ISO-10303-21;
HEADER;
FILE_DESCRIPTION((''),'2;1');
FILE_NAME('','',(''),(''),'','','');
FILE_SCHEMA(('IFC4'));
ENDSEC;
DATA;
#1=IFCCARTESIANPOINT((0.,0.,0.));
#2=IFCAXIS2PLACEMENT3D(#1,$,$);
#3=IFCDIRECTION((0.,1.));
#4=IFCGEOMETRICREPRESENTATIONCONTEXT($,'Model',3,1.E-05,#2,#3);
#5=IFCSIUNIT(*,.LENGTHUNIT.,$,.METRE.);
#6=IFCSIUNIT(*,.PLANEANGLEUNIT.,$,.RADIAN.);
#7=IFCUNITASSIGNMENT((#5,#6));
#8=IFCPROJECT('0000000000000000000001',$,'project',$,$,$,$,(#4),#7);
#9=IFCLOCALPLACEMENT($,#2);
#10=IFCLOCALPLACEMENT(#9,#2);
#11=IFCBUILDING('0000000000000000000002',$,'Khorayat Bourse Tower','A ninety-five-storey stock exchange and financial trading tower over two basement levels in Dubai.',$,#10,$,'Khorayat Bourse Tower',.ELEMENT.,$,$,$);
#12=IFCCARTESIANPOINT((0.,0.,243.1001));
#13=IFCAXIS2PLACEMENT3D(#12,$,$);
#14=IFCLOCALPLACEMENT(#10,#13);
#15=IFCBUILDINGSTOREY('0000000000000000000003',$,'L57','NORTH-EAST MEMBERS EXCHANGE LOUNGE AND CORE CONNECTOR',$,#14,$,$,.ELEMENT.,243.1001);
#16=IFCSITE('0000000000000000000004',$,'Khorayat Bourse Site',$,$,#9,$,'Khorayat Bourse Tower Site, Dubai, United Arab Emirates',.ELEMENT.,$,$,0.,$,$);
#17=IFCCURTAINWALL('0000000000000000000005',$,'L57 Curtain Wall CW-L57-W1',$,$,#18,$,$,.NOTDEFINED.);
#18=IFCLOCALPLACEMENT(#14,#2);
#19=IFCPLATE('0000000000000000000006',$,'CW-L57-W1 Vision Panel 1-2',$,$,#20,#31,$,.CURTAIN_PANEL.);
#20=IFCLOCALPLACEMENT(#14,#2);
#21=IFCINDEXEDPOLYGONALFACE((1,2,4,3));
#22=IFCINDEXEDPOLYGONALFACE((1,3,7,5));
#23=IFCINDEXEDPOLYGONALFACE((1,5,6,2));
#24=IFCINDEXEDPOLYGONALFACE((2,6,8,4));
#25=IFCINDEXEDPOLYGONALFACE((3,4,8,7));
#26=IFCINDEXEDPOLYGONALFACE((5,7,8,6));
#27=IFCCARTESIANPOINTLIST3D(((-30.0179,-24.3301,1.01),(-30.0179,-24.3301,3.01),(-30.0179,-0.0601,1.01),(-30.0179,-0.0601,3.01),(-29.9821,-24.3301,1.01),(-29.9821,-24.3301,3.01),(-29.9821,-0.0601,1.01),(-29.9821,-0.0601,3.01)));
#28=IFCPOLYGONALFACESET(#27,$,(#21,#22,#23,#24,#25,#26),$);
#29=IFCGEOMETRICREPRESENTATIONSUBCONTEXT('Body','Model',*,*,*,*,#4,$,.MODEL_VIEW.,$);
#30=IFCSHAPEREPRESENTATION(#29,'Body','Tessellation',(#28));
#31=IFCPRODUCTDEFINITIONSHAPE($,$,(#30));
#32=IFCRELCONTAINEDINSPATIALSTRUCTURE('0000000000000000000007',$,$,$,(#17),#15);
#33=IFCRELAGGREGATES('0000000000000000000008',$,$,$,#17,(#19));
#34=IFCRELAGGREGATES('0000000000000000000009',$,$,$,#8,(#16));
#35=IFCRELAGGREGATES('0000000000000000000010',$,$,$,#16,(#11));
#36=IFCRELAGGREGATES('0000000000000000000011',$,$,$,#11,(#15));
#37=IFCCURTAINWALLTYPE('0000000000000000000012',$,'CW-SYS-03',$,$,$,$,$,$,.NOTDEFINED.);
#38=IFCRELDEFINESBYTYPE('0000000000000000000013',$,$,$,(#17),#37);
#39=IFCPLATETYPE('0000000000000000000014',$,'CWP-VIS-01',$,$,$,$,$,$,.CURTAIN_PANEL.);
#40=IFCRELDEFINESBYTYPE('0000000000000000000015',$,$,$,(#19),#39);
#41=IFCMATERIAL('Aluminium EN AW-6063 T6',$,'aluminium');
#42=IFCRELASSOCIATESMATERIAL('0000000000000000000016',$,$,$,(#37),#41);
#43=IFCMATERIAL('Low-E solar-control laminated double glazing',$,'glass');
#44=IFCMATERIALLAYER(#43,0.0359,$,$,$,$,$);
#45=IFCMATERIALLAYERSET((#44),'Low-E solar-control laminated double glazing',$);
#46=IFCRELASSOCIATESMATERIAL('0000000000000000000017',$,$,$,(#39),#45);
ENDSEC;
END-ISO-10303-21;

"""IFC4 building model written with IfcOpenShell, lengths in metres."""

from ifc_helpers import new_model, si_unit, direction, frame, origin, origin_2d, place, context, subcontext, project, spatial, rectangle, extrude, source, transform, mapped, material, layer, layer_set, type_object, element, aggregate, save


model = new_model("IFC4")

# Units and contexts
model_context = context("Model", 3, precision=1e-05, world=origin(), true_north=direction((0.0, 1.0)))
body_context = subcontext(model_context, "Body", "Model", "MODEL_VIEW")
ifc_project = project(units=[si_unit("LENGTHUNIT", "METRE"), si_unit("PLANEANGLEUNIT", "RADIAN")], contexts=[model_context])

# Site, building, storey
site_placement = place(None, origin())
site = spatial("IfcSite", under=ifc_project, at=site_placement, Name="Khorayat Bourse Site", LongName="Khorayat Bourse Tower Site, Dubai, United Arab Emirates", CompositionType="ELEMENT", RefElevation=0.0)
building_placement = place(site_placement, origin())
building = spatial("IfcBuilding", under=site, at=building_placement, Name="Khorayat Bourse Tower", Description="A ninety-five-storey stock exchange and financial trading tower over two basement levels in Dubai.", LongName="Khorayat Bourse Tower", CompositionType="ELEMENT")
storey_placement = place(building_placement, frame((0.0, 0.0, 243.1001)))
storey = spatial("IfcBuildingStorey", under=building, at=storey_placement, Name="L57", Description="NORTH-EAST MEMBERS EXCHANGE LOUNGE AND CORE CONNECTOR", CompositionType="ELEMENT", Elevation=243.1001)

# Curtain wall, plate
ifc_material_1 = material(Name="Aluminium EN AW-6063 T6", Category="aluminium")
curtain_wall_type = type_object("IfcCurtainWallType", Name="CW-SYS-03", PredefinedType="NOTDEFINED", material=ifc_material_1)
curtain_wall_placement = place(storey_placement, origin())
curtain_wall = element("IfcCurtainWall", 1, at=curtain_wall_placement, inside=storey, type_object=curtain_wall_type, Name="L57 Curtain Wall CW-L57-W1", PredefinedType="NOTDEFINED")
ifc_material_2 = material(Name="Low-E solar-control laminated double glazing", Category="glass")
ifc_layer_1 = layer(ifc_material_2, 0.0359)
ifc_layer_set_1 = layer_set([ifc_layer_1], Name="Low-E solar-control laminated double glazing")
plate_type_1 = type_object("IfcPlateType", Name="CWP-VIS-01", PredefinedType="CURTAIN_PANEL", material=ifc_layer_set_1)
shared_shape_1 = source(origin(), body_context, "Body", "SweptSolid", [
    extrude(rectangle(XDim=24.27, YDim=0.0359, at=origin_2d()), origin(), (0.0, 0.0, 1.0), 2.0),
])
plate_placement = place(storey_placement, frame((-30.0, -12.1951, 1.01), z_axis=(0.0, 0.0, 1.0), x_axis=(0.0, 1.0, 0.0)))
plate = element("IfcPlate", 2, at=plate_placement, type_object=plate_type_1, Name="CW-L57-W1 Vision Panel 1-2", PredefinedType="CURTAIN_PANEL", context=body_context, shape_type="MappedRepresentation", body=[
    mapped(shared_shape_1, transform((0.0, 0.0, 0.0), scale=1.0)),
])
aggregate(curtain_wall, [plate])

save(model, "model.ifc")
